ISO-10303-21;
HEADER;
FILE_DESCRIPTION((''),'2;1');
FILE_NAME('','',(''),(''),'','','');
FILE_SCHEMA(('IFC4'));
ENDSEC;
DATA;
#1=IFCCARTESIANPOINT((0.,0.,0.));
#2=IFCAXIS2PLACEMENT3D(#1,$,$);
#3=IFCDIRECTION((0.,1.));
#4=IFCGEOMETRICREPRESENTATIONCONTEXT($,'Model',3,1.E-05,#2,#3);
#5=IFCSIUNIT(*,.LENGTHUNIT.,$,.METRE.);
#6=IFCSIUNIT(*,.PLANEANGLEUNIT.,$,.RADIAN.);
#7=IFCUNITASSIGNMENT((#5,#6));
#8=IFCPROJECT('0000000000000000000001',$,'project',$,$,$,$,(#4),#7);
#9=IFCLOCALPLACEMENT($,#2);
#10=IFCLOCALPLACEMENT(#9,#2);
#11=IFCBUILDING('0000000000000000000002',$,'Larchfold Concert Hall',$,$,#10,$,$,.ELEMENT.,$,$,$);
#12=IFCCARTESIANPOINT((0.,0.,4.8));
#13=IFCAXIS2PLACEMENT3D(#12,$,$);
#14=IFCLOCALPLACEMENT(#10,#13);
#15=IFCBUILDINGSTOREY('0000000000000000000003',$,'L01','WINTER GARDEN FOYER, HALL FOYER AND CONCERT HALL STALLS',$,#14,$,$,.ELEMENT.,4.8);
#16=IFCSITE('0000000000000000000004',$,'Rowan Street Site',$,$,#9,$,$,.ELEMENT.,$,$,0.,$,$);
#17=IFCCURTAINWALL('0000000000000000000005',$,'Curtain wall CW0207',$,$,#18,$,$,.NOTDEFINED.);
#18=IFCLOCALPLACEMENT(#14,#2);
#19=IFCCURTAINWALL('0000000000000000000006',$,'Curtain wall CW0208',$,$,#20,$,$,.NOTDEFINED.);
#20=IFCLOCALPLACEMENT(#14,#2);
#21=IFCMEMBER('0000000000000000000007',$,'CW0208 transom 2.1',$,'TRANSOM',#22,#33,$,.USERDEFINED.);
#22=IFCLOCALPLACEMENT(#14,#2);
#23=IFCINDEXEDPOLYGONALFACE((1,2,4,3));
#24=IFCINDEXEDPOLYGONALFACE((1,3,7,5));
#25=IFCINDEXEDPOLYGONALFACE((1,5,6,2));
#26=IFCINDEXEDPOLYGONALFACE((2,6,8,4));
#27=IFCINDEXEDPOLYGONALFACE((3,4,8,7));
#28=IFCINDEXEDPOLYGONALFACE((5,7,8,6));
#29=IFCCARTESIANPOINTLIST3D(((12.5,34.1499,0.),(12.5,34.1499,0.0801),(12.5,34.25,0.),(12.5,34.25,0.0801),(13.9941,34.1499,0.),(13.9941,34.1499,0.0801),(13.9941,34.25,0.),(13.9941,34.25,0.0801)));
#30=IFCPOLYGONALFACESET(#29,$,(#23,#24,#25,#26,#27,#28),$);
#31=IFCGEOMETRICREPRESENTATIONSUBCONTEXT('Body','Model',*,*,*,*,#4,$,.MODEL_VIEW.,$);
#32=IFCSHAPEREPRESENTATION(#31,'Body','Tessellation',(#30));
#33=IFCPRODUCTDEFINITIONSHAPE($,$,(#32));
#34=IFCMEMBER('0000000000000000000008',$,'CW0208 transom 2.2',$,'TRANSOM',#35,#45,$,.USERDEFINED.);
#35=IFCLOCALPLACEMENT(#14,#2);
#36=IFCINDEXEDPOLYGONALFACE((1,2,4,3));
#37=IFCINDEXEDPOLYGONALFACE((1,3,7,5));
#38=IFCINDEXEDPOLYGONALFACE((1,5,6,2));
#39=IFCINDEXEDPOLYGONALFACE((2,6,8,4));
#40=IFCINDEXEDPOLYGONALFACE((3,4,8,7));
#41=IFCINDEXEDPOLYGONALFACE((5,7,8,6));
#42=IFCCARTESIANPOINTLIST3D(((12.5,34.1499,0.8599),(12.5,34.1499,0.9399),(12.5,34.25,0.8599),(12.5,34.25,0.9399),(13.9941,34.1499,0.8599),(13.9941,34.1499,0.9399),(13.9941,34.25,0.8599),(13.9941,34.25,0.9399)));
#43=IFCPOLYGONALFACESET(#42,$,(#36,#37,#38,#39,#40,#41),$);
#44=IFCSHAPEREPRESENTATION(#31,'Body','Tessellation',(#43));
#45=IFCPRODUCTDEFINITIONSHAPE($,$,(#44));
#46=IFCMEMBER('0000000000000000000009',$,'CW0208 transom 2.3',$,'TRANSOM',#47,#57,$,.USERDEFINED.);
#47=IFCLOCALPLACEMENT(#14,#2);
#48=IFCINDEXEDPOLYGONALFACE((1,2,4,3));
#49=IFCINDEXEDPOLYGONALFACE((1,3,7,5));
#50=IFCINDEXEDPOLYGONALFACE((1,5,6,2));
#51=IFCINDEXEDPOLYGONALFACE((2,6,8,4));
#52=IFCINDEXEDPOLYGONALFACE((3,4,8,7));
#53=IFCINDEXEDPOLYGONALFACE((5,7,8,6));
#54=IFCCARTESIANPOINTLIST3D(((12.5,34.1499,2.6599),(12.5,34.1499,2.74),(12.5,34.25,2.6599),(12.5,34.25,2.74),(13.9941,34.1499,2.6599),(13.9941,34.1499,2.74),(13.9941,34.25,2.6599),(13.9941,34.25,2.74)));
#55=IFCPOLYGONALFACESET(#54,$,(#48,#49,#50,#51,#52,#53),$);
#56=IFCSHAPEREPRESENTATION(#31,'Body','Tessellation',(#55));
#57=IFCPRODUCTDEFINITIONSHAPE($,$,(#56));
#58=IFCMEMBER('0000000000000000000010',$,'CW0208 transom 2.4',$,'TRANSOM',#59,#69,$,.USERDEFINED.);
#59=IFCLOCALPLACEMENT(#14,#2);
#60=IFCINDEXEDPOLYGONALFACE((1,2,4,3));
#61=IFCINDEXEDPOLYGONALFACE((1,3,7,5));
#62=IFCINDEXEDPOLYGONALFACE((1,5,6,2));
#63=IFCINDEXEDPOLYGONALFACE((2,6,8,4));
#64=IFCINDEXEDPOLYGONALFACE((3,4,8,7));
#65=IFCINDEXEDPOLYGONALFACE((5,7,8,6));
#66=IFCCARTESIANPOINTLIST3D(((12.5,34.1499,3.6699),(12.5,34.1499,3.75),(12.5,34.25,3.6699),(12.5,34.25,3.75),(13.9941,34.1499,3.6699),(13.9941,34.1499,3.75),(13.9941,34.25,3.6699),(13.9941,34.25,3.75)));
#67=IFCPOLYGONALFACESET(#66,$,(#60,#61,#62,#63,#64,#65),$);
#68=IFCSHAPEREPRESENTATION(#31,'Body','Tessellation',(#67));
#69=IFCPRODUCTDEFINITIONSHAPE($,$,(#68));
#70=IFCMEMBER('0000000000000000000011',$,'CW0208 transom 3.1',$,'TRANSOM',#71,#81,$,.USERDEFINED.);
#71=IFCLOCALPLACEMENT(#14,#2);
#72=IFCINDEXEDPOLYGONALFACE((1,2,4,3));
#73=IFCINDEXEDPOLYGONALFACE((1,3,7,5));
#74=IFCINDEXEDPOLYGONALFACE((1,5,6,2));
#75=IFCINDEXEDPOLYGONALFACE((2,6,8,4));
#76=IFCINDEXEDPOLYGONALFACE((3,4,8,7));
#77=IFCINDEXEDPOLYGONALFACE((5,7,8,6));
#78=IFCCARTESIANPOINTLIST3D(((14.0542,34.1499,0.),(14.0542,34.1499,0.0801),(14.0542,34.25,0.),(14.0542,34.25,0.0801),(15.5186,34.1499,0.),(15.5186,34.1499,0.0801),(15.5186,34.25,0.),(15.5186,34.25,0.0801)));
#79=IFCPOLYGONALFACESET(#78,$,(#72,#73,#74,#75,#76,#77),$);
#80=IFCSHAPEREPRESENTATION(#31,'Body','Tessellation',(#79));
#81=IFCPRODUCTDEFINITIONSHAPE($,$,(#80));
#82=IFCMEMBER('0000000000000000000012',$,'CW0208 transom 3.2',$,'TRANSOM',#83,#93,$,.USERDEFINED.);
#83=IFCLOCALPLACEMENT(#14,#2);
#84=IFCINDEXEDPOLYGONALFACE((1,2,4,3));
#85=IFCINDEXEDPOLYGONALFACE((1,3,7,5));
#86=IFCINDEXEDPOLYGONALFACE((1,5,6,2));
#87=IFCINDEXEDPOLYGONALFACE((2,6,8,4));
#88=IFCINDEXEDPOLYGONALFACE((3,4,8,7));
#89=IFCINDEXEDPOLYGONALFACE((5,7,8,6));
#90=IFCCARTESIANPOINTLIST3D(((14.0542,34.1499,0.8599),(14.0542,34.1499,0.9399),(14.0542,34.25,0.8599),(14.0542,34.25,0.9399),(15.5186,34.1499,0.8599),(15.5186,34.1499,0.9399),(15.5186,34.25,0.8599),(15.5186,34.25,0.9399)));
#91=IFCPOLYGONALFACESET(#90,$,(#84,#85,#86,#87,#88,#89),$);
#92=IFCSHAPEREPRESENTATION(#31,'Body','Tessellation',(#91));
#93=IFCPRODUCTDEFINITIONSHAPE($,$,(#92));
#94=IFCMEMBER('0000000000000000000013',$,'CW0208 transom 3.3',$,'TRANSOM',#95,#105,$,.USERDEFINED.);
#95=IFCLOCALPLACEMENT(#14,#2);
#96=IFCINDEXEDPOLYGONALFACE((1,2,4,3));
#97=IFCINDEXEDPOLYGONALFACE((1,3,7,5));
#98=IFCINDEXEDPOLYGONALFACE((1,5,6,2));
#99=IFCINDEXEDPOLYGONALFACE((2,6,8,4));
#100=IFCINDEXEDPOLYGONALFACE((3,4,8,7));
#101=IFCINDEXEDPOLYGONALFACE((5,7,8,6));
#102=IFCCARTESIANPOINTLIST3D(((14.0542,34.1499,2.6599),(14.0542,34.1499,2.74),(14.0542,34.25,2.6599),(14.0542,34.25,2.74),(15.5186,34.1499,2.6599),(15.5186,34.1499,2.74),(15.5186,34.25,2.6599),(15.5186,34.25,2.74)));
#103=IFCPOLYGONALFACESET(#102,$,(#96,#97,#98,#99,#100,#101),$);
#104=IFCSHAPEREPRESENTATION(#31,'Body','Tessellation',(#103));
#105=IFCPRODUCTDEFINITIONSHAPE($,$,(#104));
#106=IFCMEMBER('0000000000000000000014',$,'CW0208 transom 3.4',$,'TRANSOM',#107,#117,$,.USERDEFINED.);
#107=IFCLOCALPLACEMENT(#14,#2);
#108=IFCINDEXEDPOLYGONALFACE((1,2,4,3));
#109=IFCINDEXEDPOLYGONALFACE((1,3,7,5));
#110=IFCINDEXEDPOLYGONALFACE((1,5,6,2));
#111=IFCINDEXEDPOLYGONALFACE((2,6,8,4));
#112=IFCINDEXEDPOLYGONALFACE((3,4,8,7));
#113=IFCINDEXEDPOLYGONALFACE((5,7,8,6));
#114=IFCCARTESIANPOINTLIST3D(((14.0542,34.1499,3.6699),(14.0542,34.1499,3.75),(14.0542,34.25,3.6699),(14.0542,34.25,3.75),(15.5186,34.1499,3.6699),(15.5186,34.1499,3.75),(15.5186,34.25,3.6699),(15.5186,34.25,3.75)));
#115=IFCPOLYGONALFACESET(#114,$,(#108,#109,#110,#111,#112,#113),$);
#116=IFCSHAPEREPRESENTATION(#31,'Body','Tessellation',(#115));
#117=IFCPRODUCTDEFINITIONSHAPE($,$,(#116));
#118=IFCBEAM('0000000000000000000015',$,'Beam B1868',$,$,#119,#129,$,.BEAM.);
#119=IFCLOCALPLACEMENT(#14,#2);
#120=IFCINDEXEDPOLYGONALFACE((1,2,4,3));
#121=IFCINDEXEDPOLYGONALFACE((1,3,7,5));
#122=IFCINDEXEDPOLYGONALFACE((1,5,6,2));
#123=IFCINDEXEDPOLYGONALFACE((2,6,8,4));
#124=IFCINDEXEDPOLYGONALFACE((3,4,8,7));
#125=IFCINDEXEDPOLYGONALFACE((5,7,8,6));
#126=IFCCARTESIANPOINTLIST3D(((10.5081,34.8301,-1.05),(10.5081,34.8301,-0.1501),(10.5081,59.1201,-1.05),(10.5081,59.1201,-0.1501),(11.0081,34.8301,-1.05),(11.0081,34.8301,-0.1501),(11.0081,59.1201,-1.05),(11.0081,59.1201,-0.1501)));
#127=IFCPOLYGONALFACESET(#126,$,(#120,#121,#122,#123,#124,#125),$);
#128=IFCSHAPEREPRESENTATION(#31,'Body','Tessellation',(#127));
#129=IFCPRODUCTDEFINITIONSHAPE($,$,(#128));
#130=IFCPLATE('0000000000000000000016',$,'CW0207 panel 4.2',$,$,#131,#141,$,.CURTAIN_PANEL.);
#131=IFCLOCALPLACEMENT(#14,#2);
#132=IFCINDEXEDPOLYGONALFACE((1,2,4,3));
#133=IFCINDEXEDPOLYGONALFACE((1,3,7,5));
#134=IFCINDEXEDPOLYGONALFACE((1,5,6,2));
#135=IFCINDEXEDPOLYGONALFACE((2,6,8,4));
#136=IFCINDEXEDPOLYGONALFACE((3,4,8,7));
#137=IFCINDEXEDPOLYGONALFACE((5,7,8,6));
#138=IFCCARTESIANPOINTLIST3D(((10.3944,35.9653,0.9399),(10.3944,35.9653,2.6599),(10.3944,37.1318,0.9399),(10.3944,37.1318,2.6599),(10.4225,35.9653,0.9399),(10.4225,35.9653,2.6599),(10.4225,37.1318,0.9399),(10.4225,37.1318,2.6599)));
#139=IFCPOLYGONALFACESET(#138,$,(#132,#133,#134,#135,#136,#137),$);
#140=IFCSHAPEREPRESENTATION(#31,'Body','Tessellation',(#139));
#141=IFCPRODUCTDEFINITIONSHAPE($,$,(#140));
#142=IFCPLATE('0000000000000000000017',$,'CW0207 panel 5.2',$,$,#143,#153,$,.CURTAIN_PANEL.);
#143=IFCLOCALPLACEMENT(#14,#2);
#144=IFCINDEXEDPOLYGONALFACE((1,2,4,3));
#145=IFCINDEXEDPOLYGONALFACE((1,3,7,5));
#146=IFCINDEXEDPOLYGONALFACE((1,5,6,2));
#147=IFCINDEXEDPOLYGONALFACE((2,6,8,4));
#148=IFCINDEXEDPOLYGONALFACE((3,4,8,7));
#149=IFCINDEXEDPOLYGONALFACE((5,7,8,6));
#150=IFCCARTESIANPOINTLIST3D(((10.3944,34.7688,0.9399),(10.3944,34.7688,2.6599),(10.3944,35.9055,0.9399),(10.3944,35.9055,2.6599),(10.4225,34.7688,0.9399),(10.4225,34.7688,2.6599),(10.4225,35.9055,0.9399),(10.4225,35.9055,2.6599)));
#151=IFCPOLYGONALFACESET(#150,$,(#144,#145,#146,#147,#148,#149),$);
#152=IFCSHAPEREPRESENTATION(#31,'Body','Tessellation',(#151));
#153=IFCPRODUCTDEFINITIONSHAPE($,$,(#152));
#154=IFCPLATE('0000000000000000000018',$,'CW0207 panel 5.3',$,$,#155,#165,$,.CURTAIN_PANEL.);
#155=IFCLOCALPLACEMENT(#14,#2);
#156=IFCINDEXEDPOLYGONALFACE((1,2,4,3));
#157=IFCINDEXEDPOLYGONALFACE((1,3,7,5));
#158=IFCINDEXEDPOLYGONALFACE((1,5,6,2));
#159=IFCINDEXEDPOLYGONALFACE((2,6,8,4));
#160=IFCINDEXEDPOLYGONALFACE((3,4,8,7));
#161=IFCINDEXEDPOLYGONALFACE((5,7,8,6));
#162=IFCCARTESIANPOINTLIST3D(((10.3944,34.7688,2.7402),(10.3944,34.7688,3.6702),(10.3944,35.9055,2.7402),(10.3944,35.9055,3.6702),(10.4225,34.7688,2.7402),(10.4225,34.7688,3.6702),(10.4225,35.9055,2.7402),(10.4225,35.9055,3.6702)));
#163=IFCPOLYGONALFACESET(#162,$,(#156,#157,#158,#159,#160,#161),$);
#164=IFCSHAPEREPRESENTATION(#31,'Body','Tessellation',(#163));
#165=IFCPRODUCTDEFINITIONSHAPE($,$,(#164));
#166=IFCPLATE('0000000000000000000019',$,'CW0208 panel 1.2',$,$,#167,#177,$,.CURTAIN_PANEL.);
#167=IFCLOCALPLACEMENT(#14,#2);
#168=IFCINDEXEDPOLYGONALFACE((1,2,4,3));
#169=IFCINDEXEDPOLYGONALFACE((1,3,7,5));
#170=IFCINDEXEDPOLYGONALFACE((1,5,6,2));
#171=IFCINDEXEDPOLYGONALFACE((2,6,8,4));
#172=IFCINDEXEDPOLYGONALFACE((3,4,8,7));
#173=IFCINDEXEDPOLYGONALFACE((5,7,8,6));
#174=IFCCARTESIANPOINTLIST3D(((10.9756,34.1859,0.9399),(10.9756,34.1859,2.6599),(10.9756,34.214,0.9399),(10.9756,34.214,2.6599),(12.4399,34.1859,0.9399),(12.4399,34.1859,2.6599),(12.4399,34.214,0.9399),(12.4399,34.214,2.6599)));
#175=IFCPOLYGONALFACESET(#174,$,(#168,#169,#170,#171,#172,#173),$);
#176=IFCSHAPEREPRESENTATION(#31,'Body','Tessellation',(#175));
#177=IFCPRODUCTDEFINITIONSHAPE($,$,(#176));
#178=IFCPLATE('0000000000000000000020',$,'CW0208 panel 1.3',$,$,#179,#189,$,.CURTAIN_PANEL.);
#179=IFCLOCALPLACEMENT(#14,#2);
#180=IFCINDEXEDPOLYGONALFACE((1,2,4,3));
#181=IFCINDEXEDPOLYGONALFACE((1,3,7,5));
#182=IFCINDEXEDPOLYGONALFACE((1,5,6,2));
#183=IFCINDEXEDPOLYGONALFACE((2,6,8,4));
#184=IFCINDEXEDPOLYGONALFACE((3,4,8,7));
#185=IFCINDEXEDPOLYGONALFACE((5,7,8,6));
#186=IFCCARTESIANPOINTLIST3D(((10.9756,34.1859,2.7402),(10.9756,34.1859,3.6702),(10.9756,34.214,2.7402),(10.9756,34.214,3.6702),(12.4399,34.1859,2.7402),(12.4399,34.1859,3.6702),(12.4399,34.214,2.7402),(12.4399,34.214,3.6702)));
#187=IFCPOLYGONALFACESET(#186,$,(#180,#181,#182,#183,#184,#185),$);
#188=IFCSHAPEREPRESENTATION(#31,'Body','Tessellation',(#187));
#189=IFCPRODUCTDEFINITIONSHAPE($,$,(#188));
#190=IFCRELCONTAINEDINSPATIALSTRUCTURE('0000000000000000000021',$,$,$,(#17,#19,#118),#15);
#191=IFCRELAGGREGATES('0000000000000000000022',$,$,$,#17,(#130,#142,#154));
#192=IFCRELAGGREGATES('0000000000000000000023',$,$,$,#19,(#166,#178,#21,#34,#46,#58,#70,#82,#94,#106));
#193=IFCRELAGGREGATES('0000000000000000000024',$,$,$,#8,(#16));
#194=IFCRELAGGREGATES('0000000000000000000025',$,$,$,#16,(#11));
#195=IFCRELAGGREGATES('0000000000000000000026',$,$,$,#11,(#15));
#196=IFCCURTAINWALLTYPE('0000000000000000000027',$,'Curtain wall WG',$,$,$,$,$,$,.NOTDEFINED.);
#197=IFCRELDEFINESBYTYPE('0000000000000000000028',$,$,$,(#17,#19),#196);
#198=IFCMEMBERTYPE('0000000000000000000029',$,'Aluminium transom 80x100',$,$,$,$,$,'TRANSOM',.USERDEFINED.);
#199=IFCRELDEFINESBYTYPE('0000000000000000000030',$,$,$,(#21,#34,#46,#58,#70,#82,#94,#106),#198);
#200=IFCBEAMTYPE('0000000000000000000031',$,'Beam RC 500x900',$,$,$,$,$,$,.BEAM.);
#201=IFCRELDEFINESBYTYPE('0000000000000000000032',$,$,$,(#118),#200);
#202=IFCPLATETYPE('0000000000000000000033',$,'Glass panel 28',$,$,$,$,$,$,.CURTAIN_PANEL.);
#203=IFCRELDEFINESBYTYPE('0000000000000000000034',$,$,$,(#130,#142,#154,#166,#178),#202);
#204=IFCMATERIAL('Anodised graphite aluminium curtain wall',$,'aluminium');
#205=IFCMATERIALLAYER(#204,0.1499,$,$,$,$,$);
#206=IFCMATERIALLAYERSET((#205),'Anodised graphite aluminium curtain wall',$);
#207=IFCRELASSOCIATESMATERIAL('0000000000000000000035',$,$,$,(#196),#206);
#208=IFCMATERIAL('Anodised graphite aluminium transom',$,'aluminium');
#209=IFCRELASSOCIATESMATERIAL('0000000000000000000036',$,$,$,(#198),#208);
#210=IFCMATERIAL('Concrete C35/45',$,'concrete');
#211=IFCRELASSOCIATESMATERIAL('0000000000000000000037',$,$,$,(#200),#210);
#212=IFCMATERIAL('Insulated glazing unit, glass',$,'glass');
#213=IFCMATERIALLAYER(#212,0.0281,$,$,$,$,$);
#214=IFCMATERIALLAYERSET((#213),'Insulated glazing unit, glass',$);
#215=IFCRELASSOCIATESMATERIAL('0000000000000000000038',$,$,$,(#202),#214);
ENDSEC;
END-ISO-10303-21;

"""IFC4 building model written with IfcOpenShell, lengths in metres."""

from ifc_helpers import new_model, si_unit, direction, frame, origin, origin_2d, place, context, subcontext, project, spatial, rectangle, extrude, material, layer, layer_set, material_profile, profile_set, type_object, element, aggregate, save


model = new_model("IFC4")

# Units and contexts
model_context = context("Model", 3, precision=1e-05, world=origin(), true_north=direction((0.0, 1.0)))
body_context = subcontext(model_context, "Body", "Model", "MODEL_VIEW")
ifc_project = project(units=[si_unit("LENGTHUNIT", "METRE"), si_unit("PLANEANGLEUNIT", "RADIAN")], contexts=[model_context])

# Site, building, storey
site_placement = place(None, origin())
site = spatial("IfcSite", under=ifc_project, at=site_placement, Name="Rowan Street Site", CompositionType="ELEMENT", RefElevation=0.0)
building_placement = place(site_placement, origin())
building = spatial("IfcBuilding", under=site, at=building_placement, Name="Larchfold Concert Hall", CompositionType="ELEMENT")
storey_placement = place(building_placement, frame((0.0, 0.0, 4.8)))
storey = spatial("IfcBuildingStorey", under=building, at=storey_placement, Name="L01", Description="WINTER GARDEN FOYER, HALL FOYER AND CONCERT HALL STALLS", CompositionType="ELEMENT", Elevation=4.8)

# Curtain walls
ifc_material_1 = material(Name="Anodised graphite aluminium curtain wall", Category="aluminium")
ifc_layer_1 = layer(ifc_material_1, 0.1499)
ifc_layer_set_1 = layer_set([ifc_layer_1], Name="Anodised graphite aluminium curtain wall")
curtain_wall_type = type_object("IfcCurtainWallType", Name="Curtain wall WG", PredefinedType="NOTDEFINED", material=ifc_layer_set_1)
curtain_wall_1_placement = place(storey_placement, origin())
curtain_wall_1 = element("IfcCurtainWall", 1, at=curtain_wall_1_placement, inside=storey, type_object=curtain_wall_type, Name="Curtain wall CW0207", PredefinedType="NOTDEFINED")
curtain_wall_2_placement = place(storey_placement, origin())
curtain_wall_2 = element("IfcCurtainWall", 2, at=curtain_wall_2_placement, inside=storey, type_object=curtain_wall_type, Name="Curtain wall CW0208", PredefinedType="NOTDEFINED")

# Members
ifc_material_2 = material(Name="Anodised graphite aluminium transom", Category="aluminium")
ifc_material_profile_1 = material_profile(ifc_material_2, rectangle(XDim=0.1001, YDim=0.0801, at=origin_2d()))
ifc_profile_set_1 = profile_set([ifc_material_profile_1], Name="Anodised graphite aluminium transom")
member_type_1 = type_object("IfcMemberType", Name="Aluminium transom 80x100", ElementType="TRANSOM", PredefinedType="USERDEFINED", material=ifc_profile_set_1)
member_1_placement = place(storey_placement, frame((12.5, 34.2, 0.04), z_axis=(1.0, 0.0, 0.0), x_axis=(0.0, 1.0, 0.0)))
member_1 = element("IfcMember", 3, at=member_1_placement, type_object=member_type_1, Name="CW0208 transom 2.1", ObjectType="TRANSOM", PredefinedType="USERDEFINED", context=body_context, shape_type="SweptSolid", body=[
    extrude(rectangle(XDim=0.1001, YDim=0.0801, at=origin_2d()), origin(), (0.0, 0.0, 1.0), 1.4941),
])
member_2_placement = place(storey_placement, frame((12.5, 34.2, 0.8999), z_axis=(1.0, 0.0, 0.0), x_axis=(0.0, 1.0, 0.0)))
member_2 = element("IfcMember", 4, at=member_2_placement, type_object=member_type_1, Name="CW0208 transom 2.2", ObjectType="TRANSOM", PredefinedType="USERDEFINED", context=body_context, shape_type="SweptSolid", body=[
    extrude(rectangle(XDim=0.1001, YDim=0.0801, at=origin_2d()), origin(), (0.0, 0.0, 1.0), 1.4941),
])
member_3_placement = place(storey_placement, frame((12.5, 34.2, 2.7), z_axis=(1.0, 0.0, 0.0), x_axis=(0.0, 1.0, 0.0)))
member_3 = element("IfcMember", 5, at=member_3_placement, type_object=member_type_1, Name="CW0208 transom 2.3", ObjectType="TRANSOM", PredefinedType="USERDEFINED", context=body_context, shape_type="SweptSolid", body=[
    extrude(rectangle(XDim=0.1001, YDim=0.0801, at=origin_2d()), origin(), (0.0, 0.0, 1.0), 1.4941),
])
member_4_placement = place(storey_placement, frame((12.5, 34.2, 3.71), z_axis=(1.0, 0.0, 0.0), x_axis=(0.0, 1.0, 0.0)))
member_4 = element("IfcMember", 6, at=member_4_placement, type_object=member_type_1, Name="CW0208 transom 2.4", ObjectType="TRANSOM", PredefinedType="USERDEFINED", context=body_context, shape_type="SweptSolid", body=[
    extrude(rectangle(XDim=0.1001, YDim=0.0801, at=origin_2d()), origin(), (0.0, 0.0, 1.0), 1.4941),
])
member_5_placement = place(storey_placement, frame((14.0542, 34.2, 0.04), z_axis=(1.0, 0.0, 0.0), x_axis=(0.0, 1.0, 0.0)))
member_5 = element("IfcMember", 7, at=member_5_placement, type_object=member_type_1, Name="CW0208 transom 3.1", ObjectType="TRANSOM", PredefinedType="USERDEFINED", context=body_context, shape_type="SweptSolid", body=[
    extrude(rectangle(XDim=0.1001, YDim=0.0801, at=origin_2d()), origin(), (0.0, 0.0, 1.0), 1.4644),
])
member_6_placement = place(storey_placement, frame((14.0542, 34.2, 0.8999), z_axis=(1.0, 0.0, 0.0), x_axis=(0.0, 1.0, 0.0)))
member_6 = element("IfcMember", 8, at=member_6_placement, type_object=member_type_1, Name="CW0208 transom 3.2", ObjectType="TRANSOM", PredefinedType="USERDEFINED", context=body_context, shape_type="SweptSolid", body=[
    extrude(rectangle(XDim=0.1001, YDim=0.0801, at=origin_2d()), origin(), (0.0, 0.0, 1.0), 1.4644),
])
member_7_placement = place(storey_placement, frame((14.0542, 34.2, 2.7), z_axis=(1.0, 0.0, 0.0), x_axis=(0.0, 1.0, 0.0)))
member_7 = element("IfcMember", 9, at=member_7_placement, type_object=member_type_1, Name="CW0208 transom 3.3", ObjectType="TRANSOM", PredefinedType="USERDEFINED", context=body_context, shape_type="SweptSolid", body=[
    extrude(rectangle(XDim=0.1001, YDim=0.0801, at=origin_2d()), origin(), (0.0, 0.0, 1.0), 1.4644),
])
member_8_placement = place(storey_placement, frame((14.0542, 34.2, 3.71), z_axis=(1.0, 0.0, 0.0), x_axis=(0.0, 1.0, 0.0)))
member_8 = element("IfcMember", 10, at=member_8_placement, type_object=member_type_1, Name="CW0208 transom 3.4", ObjectType="TRANSOM", PredefinedType="USERDEFINED", context=body_context, shape_type="SweptSolid", body=[
    extrude(rectangle(XDim=0.1001, YDim=0.0801, at=origin_2d()), origin(), (0.0, 0.0, 1.0), 1.4644),
])

# Beam
ifc_material_3 = material(Name="Concrete C35/45", Category="concrete")
ifc_material_profile_2 = material_profile(ifc_material_3, rectangle(XDim=0.5, YDim=0.8999, at=origin_2d()))
ifc_profile_set_2 = profile_set([ifc_material_profile_2], Name="Concrete C35/45")
beam_type = type_object("IfcBeamType", Name="Beam RC 500x900", PredefinedType="BEAM", material=ifc_profile_set_2)
beam_placement = place(storey_placement, frame((10.7581, 34.8301, -0.6001), z_axis=(0.0, 1.0, 0.0), x_axis=(-1.0, 0.0, 0.0)))
element("IfcBeam", 11, at=beam_placement, inside=storey, type_object=beam_type, Name="Beam B1868", PredefinedType="BEAM", context=body_context, shape_type="SweptSolid", body=[
    extrude(rectangle(XDim=0.5, YDim=0.8999, at=origin_2d()), origin(), (0.0, 0.0, 1.0), 24.29),
])

# Plates
ifc_material_4 = material(Name="Insulated glazing unit, glass", Category="glass")
ifc_layer_2 = layer(ifc_material_4, 0.0281)
ifc_layer_set_2 = layer_set([ifc_layer_2], Name="Insulated glazing unit, glass")
plate_type_1 = type_object("IfcPlateType", Name="Glass panel 28", PredefinedType="CURTAIN_PANEL", material=ifc_layer_set_2)
plate_1_placement = place(storey_placement, frame((10.4084, 36.5486, 0.9399), z_axis=(0.0, 0.0, 1.0), x_axis=(0.0, -1.0, 0.0)))
plate_1 = element("IfcPlate", 12, at=plate_1_placement, type_object=plate_type_1, Name="CW0207 panel 4.2", PredefinedType="CURTAIN_PANEL", context=body_context, shape_type="SweptSolid", body=[
    extrude(rectangle(XDim=1.1665, YDim=0.0281, at=origin_2d()), origin(), (0.0, 0.0, 1.0), 1.72),
])
plate_2_placement = place(storey_placement, frame((10.4084, 35.3372, 0.9399), z_axis=(0.0, 0.0, 1.0), x_axis=(0.0, -1.0, 0.0)))
plate_2 = element("IfcPlate", 13, at=plate_2_placement, type_object=plate_type_1, Name="CW0207 panel 5.2", PredefinedType="CURTAIN_PANEL", context=body_context, shape_type="SweptSolid", body=[
    extrude(rectangle(XDim=1.1367, YDim=0.0281, at=origin_2d()), origin(), (0.0, 0.0, 1.0), 1.72),
])
plate_3_placement = place(storey_placement, frame((10.4084, 35.3372, 2.7402), z_axis=(0.0, 0.0, 1.0), x_axis=(0.0, -1.0, 0.0)))
plate_3 = element("IfcPlate", 14, at=plate_3_placement, type_object=plate_type_1, Name="CW0207 panel 5.3", PredefinedType="CURTAIN_PANEL", context=body_context, shape_type="SweptSolid", body=[
    extrude(rectangle(XDim=1.1367, YDim=0.0281, at=origin_2d()), origin(), (0.0, 0.0, 1.0), 0.9299),
])
plate_4_placement = place(storey_placement, frame((11.7078, 34.2, 0.9399), z_axis=(0.0, 0.0, 1.0), x_axis=(1.0, 0.0, 0.0)))
plate_4 = element("IfcPlate", 15, at=plate_4_placement, type_object=plate_type_1, Name="CW0208 panel 1.2", PredefinedType="CURTAIN_PANEL", context=body_context, shape_type="SweptSolid", body=[
    extrude(rectangle(XDim=1.4644, YDim=0.0281, at=origin_2d()), origin(), (0.0, 0.0, 1.0), 1.72),
])
plate_5_placement = place(storey_placement, frame((11.7078, 34.2, 2.7402), z_axis=(0.0, 0.0, 1.0), x_axis=(1.0, 0.0, 0.0)))
plate_5 = element("IfcPlate", 16, at=plate_5_placement, type_object=plate_type_1, Name="CW0208 panel 1.3", PredefinedType="CURTAIN_PANEL", context=body_context, shape_type="SweptSolid", body=[
    extrude(rectangle(XDim=1.4644, YDim=0.0281, at=origin_2d()), origin(), (0.0, 0.0, 1.0), 0.9299),
])
aggregate(curtain_wall_1, [plate_1, plate_2, plate_3])
aggregate(curtain_wall_2, [plate_4, plate_5, member_1, member_2, member_3, member_4, member_5, member_6, member_7, member_8])

save(model, "model.ifc")
